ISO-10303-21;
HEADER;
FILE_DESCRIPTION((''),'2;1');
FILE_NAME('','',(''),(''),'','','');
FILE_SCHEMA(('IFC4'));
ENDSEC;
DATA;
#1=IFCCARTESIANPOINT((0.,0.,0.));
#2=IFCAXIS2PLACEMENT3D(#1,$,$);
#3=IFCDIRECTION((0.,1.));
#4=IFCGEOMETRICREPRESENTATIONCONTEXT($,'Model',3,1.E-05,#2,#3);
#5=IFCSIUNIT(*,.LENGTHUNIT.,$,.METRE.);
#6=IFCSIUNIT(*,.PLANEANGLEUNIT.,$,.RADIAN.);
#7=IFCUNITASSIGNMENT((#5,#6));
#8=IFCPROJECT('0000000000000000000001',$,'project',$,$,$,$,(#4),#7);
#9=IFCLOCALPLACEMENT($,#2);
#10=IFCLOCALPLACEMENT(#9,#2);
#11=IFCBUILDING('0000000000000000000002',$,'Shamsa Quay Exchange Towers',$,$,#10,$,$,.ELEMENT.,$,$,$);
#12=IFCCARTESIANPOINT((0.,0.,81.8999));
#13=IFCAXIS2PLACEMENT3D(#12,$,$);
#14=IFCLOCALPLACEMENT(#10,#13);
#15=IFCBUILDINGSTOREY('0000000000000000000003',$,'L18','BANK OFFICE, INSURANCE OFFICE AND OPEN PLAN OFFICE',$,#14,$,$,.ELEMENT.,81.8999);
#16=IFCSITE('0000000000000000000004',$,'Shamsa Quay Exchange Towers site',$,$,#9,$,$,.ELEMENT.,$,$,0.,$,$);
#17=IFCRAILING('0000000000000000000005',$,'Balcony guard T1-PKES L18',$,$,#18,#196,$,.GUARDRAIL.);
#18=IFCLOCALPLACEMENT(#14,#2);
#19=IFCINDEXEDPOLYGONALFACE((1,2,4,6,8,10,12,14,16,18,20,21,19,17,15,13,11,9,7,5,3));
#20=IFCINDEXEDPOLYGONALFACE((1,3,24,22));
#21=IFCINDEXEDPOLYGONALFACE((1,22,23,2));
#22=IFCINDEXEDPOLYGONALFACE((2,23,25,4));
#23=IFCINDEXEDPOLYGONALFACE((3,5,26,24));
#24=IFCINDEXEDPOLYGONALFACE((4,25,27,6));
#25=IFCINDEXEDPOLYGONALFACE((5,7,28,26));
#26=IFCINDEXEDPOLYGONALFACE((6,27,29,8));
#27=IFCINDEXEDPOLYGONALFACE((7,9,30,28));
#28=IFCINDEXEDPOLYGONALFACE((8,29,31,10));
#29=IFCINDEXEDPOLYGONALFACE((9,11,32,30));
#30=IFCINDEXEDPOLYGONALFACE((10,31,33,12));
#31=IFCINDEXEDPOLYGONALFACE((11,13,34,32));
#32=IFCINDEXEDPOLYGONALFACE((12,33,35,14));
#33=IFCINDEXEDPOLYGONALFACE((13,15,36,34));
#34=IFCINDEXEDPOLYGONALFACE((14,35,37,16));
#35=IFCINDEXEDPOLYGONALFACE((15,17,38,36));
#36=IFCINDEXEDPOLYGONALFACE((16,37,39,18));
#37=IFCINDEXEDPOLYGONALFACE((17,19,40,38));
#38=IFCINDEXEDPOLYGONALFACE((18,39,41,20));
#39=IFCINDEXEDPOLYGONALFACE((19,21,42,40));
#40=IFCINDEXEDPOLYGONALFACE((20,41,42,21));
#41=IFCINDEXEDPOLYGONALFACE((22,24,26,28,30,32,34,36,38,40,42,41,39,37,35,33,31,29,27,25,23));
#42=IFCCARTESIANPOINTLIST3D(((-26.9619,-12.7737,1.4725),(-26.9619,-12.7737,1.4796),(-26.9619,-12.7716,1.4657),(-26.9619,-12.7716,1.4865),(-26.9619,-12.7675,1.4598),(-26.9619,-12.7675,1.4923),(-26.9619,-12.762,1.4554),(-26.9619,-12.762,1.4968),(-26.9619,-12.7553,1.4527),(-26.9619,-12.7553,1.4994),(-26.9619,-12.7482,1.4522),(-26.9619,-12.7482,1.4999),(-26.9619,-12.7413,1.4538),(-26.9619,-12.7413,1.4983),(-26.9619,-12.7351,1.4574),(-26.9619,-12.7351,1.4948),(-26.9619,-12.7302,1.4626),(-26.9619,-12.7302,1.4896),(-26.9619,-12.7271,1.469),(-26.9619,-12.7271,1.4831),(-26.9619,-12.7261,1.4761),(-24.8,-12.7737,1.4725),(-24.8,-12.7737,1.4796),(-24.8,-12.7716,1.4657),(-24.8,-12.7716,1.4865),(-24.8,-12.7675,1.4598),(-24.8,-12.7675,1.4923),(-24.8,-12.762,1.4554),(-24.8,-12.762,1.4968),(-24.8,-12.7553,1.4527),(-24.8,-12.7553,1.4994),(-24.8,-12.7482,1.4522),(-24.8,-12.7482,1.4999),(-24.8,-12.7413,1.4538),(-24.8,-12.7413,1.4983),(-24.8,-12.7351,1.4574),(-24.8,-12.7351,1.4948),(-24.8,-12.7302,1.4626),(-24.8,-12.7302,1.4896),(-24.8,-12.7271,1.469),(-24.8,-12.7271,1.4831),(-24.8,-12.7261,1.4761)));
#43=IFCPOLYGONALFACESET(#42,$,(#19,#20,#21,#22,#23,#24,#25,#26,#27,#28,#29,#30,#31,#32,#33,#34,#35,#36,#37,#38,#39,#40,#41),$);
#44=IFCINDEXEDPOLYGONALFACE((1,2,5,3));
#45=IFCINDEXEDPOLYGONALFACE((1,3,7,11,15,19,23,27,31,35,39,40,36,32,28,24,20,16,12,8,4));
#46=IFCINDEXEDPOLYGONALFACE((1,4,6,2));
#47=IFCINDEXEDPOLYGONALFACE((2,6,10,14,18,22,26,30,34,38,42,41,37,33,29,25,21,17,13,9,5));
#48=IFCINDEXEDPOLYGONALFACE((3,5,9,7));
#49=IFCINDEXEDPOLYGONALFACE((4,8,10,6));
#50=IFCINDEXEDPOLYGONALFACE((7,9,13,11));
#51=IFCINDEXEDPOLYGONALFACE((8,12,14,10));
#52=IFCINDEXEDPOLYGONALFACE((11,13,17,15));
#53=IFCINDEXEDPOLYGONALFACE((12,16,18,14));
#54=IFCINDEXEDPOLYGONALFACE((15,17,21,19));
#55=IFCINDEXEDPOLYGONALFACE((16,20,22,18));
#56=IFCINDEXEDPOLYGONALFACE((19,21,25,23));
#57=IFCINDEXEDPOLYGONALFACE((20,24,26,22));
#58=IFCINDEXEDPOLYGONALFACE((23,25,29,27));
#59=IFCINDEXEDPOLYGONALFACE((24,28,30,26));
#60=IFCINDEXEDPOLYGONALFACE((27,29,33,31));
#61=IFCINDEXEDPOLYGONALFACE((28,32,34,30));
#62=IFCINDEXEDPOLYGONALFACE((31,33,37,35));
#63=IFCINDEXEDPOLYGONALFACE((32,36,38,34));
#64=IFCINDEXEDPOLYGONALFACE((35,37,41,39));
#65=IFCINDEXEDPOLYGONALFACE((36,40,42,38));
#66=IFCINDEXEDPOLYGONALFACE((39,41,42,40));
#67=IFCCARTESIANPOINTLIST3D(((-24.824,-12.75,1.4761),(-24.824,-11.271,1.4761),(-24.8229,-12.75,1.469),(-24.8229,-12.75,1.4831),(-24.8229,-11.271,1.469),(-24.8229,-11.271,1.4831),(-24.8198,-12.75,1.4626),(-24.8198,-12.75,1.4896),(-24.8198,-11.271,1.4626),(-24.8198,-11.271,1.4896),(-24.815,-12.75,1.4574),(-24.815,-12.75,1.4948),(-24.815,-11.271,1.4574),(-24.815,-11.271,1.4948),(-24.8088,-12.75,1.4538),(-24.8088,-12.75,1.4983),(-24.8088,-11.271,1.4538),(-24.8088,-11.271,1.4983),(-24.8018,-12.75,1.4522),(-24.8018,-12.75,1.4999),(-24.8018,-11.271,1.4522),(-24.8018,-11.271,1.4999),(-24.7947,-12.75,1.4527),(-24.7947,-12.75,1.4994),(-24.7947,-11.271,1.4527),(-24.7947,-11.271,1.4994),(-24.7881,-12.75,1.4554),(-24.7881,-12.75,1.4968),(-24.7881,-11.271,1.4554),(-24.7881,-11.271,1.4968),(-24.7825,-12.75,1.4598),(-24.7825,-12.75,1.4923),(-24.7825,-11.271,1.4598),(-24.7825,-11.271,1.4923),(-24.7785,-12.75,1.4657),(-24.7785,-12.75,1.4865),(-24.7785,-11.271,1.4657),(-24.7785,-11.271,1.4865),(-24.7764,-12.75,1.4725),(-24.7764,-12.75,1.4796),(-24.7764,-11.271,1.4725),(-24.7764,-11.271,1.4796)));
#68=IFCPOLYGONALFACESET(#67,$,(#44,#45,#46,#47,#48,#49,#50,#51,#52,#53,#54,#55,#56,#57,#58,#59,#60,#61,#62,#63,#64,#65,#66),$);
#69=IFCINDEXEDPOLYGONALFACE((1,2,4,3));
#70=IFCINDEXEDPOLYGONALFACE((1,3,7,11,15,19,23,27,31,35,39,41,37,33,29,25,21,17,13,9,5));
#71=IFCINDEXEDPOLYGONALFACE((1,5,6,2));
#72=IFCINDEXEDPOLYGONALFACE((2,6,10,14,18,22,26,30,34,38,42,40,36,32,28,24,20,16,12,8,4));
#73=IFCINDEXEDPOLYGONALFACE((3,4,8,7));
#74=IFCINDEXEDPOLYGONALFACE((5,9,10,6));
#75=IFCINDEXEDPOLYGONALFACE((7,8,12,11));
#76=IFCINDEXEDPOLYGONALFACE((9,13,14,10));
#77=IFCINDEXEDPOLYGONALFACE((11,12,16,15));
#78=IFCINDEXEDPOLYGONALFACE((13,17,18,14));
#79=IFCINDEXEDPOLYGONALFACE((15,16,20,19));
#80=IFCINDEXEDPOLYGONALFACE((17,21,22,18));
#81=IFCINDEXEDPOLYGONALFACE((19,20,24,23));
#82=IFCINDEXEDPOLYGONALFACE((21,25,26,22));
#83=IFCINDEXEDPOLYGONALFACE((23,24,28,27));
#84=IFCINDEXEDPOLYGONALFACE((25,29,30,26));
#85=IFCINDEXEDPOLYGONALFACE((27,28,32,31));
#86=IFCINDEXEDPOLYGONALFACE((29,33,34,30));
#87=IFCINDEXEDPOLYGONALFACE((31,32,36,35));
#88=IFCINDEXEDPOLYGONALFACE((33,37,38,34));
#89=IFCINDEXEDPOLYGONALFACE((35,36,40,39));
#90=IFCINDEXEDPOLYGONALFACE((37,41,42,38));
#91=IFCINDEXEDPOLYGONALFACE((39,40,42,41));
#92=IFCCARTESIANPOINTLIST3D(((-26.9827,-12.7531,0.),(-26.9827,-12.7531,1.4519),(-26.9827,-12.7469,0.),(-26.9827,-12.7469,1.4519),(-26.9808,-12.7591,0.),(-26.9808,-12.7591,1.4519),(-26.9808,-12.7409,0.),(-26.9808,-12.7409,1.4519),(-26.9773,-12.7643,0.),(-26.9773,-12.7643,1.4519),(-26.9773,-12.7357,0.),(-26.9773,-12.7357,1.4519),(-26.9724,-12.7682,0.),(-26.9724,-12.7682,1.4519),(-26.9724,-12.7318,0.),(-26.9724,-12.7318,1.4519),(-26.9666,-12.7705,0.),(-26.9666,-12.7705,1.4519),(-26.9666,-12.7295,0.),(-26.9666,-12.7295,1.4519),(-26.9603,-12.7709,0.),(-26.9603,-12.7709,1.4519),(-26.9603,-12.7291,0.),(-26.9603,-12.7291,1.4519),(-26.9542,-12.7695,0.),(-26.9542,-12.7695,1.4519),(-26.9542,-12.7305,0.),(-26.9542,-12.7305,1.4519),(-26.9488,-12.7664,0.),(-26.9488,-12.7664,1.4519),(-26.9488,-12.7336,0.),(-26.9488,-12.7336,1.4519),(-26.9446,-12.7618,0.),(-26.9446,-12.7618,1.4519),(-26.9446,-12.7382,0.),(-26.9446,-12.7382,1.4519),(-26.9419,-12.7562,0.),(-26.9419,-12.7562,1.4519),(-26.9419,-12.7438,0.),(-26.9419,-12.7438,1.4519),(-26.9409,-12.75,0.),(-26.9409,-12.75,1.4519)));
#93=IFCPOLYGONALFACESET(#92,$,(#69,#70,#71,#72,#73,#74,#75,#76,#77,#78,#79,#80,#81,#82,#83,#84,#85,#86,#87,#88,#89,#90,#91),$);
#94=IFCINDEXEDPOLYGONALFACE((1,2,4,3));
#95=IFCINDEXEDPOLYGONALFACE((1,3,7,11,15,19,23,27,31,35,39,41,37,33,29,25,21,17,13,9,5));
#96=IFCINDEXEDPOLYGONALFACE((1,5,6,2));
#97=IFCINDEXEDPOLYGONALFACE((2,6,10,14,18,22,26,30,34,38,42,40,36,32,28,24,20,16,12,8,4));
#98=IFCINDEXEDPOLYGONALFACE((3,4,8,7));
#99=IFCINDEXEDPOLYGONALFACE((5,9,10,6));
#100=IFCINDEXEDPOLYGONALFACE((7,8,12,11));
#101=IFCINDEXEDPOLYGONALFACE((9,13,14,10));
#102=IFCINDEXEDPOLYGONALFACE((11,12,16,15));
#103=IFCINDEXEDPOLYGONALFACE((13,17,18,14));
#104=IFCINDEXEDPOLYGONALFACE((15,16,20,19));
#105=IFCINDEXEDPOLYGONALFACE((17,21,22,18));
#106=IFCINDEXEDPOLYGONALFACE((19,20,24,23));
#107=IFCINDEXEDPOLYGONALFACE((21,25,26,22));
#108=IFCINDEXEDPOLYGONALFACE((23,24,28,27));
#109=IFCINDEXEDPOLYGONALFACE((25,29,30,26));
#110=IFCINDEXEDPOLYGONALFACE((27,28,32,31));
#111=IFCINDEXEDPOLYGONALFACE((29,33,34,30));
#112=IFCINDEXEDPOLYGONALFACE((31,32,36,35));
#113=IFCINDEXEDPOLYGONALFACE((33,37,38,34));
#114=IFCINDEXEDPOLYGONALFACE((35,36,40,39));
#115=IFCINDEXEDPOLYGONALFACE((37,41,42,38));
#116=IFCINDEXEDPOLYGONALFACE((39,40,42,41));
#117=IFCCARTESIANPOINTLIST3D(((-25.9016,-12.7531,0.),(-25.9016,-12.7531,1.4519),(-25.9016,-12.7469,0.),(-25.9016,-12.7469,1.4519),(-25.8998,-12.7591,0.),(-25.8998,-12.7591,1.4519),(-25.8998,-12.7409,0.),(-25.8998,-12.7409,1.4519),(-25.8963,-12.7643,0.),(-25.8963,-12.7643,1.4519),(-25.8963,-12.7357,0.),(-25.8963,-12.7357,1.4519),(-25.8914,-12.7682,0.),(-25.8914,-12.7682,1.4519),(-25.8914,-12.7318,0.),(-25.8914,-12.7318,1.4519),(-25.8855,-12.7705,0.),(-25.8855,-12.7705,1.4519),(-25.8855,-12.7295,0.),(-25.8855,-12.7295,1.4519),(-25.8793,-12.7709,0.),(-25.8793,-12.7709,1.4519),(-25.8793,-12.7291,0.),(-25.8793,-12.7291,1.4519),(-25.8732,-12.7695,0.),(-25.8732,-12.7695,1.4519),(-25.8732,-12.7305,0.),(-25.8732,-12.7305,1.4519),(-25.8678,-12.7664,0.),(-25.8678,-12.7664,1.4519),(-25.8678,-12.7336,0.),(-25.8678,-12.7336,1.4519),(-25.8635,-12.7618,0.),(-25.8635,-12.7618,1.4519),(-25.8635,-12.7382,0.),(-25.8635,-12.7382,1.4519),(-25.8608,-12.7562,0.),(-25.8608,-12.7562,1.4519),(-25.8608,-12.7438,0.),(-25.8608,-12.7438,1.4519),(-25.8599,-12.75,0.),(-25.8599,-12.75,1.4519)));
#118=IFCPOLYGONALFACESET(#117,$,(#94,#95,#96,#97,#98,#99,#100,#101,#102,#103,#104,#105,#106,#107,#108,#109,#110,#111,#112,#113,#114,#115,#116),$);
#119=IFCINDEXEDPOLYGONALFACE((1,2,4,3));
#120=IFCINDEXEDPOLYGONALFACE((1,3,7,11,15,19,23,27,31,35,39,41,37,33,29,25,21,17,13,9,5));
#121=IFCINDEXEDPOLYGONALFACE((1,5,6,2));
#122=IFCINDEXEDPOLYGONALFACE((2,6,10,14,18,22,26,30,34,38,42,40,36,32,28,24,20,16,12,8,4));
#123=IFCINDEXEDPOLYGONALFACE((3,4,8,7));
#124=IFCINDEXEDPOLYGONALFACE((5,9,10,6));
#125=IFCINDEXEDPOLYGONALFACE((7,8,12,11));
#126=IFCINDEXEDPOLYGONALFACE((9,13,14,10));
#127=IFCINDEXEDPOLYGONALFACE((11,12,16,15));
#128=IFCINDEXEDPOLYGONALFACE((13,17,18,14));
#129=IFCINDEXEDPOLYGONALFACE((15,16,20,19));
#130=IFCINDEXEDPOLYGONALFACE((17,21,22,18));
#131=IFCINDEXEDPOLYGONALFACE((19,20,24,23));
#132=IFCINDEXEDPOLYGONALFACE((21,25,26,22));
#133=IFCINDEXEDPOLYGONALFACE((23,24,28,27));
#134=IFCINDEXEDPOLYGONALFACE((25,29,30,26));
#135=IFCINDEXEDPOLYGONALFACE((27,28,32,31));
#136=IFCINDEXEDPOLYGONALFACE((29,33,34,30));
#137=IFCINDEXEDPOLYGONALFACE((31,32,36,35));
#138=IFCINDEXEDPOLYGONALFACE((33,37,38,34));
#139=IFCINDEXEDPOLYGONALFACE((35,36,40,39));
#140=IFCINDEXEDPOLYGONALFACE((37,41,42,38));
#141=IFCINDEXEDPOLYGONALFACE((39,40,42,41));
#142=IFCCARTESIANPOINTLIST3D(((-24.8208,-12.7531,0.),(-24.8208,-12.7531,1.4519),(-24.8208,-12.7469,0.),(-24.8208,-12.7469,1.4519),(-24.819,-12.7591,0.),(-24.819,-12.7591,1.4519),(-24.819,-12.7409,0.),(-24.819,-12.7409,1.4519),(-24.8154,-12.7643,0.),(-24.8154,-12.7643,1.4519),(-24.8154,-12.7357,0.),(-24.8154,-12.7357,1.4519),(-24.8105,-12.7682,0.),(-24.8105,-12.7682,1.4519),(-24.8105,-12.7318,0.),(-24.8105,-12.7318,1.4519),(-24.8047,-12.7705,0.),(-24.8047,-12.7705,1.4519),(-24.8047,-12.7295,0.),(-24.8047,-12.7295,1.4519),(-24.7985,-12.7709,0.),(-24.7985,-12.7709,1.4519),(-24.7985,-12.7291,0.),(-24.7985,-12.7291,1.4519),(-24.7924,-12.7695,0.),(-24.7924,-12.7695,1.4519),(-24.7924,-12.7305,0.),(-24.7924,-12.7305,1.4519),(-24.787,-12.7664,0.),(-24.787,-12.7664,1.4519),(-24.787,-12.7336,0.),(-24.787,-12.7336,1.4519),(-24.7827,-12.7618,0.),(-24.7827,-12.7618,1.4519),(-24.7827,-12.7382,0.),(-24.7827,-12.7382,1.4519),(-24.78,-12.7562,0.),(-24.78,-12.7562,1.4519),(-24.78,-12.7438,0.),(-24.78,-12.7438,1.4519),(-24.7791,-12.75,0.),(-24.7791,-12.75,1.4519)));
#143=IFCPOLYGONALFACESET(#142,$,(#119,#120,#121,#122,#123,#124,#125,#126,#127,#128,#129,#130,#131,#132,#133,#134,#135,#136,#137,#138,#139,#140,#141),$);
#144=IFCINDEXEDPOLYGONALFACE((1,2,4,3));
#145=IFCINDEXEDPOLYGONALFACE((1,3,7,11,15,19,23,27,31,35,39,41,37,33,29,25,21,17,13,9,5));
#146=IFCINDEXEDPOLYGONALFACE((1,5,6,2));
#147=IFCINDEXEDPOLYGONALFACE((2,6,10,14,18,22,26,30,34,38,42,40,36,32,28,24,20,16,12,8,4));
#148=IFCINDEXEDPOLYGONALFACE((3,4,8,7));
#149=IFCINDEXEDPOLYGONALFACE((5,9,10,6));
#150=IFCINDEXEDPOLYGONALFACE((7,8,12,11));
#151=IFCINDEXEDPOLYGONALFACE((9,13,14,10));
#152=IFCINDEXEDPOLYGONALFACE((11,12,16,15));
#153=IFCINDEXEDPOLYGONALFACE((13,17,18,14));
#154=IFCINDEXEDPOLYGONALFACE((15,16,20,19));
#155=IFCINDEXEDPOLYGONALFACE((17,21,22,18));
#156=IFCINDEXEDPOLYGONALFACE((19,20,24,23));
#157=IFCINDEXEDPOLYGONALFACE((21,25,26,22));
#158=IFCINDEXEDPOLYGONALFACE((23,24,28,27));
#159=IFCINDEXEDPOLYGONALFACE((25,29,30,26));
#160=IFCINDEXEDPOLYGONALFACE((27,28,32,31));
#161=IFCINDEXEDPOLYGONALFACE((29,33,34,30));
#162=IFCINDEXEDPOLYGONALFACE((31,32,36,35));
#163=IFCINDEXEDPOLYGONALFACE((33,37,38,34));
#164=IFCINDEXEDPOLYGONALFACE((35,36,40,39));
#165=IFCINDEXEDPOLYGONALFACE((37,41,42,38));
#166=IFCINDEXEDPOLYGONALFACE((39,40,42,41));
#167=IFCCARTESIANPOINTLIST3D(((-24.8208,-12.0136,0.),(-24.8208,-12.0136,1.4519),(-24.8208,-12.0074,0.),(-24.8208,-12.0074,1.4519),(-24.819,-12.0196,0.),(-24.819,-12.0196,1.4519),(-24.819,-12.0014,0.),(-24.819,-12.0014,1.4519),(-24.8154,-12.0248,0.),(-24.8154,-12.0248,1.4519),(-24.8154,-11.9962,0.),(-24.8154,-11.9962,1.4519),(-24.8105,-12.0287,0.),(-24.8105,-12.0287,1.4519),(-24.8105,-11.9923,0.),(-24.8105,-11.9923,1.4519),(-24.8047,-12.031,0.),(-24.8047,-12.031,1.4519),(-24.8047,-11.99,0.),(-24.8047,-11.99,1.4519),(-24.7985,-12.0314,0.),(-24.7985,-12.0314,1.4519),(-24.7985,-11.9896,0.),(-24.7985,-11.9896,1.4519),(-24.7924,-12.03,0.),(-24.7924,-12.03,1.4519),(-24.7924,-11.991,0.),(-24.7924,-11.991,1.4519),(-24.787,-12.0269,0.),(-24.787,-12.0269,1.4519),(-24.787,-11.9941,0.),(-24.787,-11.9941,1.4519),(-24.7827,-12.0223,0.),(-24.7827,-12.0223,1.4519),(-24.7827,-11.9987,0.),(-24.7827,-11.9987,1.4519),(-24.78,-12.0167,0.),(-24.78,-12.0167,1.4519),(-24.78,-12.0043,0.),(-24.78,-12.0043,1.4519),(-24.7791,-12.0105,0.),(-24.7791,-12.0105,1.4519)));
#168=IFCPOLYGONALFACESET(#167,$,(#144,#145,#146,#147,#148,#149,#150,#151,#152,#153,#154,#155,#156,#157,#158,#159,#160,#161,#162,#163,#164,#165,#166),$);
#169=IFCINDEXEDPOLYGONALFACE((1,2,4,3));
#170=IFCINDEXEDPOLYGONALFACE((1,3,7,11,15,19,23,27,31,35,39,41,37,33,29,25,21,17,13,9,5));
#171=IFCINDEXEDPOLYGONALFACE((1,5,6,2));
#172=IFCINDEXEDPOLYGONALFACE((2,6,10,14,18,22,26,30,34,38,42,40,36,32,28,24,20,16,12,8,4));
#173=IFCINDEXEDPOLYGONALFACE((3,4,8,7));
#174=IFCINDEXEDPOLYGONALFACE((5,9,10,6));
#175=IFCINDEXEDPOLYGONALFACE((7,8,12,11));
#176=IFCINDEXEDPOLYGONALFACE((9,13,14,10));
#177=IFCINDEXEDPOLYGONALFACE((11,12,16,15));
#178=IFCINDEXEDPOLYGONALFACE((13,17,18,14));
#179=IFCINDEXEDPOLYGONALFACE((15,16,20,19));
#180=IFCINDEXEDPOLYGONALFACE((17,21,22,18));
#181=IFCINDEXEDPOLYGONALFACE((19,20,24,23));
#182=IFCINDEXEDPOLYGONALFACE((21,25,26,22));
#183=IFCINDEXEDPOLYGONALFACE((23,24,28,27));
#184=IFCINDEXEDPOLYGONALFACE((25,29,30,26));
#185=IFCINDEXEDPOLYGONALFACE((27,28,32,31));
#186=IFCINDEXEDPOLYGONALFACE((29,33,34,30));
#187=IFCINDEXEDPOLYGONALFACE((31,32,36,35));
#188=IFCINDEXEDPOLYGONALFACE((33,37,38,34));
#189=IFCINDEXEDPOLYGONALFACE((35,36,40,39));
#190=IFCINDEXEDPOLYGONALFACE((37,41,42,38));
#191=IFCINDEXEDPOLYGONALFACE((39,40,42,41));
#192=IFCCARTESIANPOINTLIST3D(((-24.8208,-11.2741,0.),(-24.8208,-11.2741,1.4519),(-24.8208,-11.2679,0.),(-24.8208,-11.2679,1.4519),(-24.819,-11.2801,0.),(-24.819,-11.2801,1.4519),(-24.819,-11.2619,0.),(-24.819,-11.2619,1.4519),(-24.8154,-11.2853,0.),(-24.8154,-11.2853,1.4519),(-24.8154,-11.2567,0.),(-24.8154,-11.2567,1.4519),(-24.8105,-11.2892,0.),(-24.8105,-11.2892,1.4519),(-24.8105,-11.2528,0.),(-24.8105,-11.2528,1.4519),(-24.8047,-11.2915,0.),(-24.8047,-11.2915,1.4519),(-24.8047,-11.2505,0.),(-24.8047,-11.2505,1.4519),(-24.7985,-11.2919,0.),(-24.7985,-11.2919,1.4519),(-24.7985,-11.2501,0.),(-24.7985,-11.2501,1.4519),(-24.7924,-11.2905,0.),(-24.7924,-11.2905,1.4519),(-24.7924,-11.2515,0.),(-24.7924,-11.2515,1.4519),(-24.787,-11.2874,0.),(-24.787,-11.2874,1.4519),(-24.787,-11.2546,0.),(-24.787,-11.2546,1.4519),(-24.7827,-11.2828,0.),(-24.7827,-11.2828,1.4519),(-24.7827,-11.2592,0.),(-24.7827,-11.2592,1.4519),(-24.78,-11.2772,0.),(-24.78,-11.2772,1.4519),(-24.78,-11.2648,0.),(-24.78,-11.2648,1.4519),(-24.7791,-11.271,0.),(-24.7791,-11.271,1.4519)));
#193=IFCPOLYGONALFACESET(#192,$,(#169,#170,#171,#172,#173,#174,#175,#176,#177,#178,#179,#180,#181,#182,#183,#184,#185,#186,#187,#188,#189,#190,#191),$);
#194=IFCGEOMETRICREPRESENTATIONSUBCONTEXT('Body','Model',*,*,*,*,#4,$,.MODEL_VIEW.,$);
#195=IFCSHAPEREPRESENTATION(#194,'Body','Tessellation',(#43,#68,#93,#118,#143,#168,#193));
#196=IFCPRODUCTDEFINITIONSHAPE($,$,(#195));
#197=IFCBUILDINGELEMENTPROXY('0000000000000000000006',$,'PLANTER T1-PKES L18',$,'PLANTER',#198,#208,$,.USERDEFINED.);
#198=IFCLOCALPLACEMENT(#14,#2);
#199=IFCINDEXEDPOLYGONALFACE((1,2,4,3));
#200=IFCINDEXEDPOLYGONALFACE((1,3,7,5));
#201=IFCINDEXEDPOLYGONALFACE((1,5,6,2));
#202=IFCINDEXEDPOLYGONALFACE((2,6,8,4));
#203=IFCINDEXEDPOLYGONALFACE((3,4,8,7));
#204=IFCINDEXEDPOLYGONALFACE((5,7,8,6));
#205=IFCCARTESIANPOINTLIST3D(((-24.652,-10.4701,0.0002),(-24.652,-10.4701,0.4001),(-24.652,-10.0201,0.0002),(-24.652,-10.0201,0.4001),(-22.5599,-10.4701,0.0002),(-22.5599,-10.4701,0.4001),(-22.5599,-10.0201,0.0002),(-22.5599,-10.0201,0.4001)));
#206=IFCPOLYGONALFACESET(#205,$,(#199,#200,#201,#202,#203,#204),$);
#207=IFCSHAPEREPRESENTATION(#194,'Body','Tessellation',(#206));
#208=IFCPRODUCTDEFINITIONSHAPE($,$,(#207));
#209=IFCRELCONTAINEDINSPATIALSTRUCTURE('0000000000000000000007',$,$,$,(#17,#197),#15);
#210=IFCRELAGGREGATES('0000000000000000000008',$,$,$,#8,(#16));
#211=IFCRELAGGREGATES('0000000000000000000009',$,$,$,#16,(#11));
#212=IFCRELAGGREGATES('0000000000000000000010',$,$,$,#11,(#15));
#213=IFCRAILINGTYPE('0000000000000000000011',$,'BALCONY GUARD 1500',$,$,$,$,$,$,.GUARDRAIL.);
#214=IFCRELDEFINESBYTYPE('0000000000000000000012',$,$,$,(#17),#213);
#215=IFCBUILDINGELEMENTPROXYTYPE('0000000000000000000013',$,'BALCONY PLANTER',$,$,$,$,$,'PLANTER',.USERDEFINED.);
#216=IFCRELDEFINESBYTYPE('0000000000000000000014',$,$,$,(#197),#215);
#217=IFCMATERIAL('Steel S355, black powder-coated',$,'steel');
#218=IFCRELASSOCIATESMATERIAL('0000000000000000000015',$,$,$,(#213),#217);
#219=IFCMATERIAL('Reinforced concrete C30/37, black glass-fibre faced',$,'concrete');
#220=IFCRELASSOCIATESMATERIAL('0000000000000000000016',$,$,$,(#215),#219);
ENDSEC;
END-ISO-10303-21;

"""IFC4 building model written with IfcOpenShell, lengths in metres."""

from ifc_helpers import new_model, si_unit, direction, frame, origin, origin_2d, place, context, subcontext, project, spatial, rectangle, circle, extrude, material, type_object, element, save


model = new_model("IFC4")

# Units and contexts
model_context = context("Model", 3, precision=1e-05, world=origin(), true_north=direction((0.0, 1.0)))
body_context = subcontext(model_context, "Body", "Model", "MODEL_VIEW")
ifc_project = project(units=[si_unit("LENGTHUNIT", "METRE"), si_unit("PLANEANGLEUNIT", "RADIAN")], contexts=[model_context])

# Site, building, storey
site_placement = place(None, origin())
site = spatial("IfcSite", under=ifc_project, at=site_placement, Name="Shamsa Quay Exchange Towers site", CompositionType="ELEMENT", RefElevation=0.0)
building_placement = place(site_placement, origin())
building = spatial("IfcBuilding", under=site, at=building_placement, Name="Shamsa Quay Exchange Towers", CompositionType="ELEMENT")
storey_placement = place(building_placement, frame((0.0, 0.0, 81.8999)))
storey = spatial("IfcBuildingStorey", under=building, at=storey_placement, Name="L18", Description="BANK OFFICE, INSURANCE OFFICE AND OPEN PLAN OFFICE", CompositionType="ELEMENT", Elevation=81.8999)

# Railing
ifc_material_1 = material(Name="Steel S355, black powder-coated", Category="steel")
railing_type_1 = type_object("IfcRailingType", Name="BALCONY GUARD 1500", PredefinedType="GUARDRAIL", material=ifc_material_1)
for number, where, name in (
    (1, (-26.9619, -12.75, 0.0), "Balcony guard T1-PKES L18"),
):
    element("IfcRailing", number, at=place(storey_placement, frame(where)), inside=storey, type_object=railing_type_1, Name=name, PredefinedType="GUARDRAIL", context=body_context, shape_type="SweptSolid", body=[
        extrude(circle(Radius=0.0239, at=origin_2d()), frame((0.0, 0.0, 1.4761), z_axis=(1.0, 0.0, 0.0), x_axis=(0.0, 1.0, 0.0)), (0.0, 0.0, 1.0), 2.1619),
        extrude(circle(Radius=0.0239, at=origin_2d()), frame((2.1619, 0.0, 1.4761), z_axis=(0.0, 1.0, 0.0), x_axis=(-1.0, 0.0, 0.0)), (0.0, 0.0, 1.0), 1.479),
        extrude(circle(Radius=0.021, at=origin_2d()), origin(), (0.0, 0.0, 1.0), 1.4519),
        extrude(circle(Radius=0.021, at=origin_2d()), frame((1.0811, 0.0, 0.0)), (0.0, 0.0, 1.0), 1.4519),
        extrude(circle(Radius=0.021, at=origin_2d()), frame((2.1619, 0.0, 0.0)), (0.0, 0.0, 1.0), 1.4519),
        extrude(circle(Radius=0.021, at=origin_2d()), frame((2.1619, 0.7395, 0.0)), (0.0, 0.0, 1.0), 1.4519),
        extrude(circle(Radius=0.021, at=origin_2d()), frame((2.1619, 1.479, 0.0)), (0.0, 0.0, 1.0), 1.4519),
    ])

# Building element proxy
ifc_material_2 = material(Name="Reinforced concrete C30/37, black glass-fibre faced", Category="concrete")
building_element_proxy_type = type_object("IfcBuildingElementProxyType", Name="BALCONY PLANTER", ElementType="PLANTER", PredefinedType="USERDEFINED", material=ifc_material_2)
for number, where, name in (
    (2, (-23.606, -10.2451, 0.0002), "PLANTER T1-PKES L18"),
):
    element("IfcBuildingElementProxy", number, at=place(storey_placement, frame(where)), inside=storey, type_object=building_element_proxy_type, Name=name, ObjectType="PLANTER", PredefinedType="USERDEFINED", context=body_context, shape_type="SweptSolid", body=[
        extrude(rectangle(XDim=2.092, YDim=0.45, at=origin_2d()), origin(), (0.0, 0.0, 1.0), 0.3999),
    ])

save(model, "model.ifc")
